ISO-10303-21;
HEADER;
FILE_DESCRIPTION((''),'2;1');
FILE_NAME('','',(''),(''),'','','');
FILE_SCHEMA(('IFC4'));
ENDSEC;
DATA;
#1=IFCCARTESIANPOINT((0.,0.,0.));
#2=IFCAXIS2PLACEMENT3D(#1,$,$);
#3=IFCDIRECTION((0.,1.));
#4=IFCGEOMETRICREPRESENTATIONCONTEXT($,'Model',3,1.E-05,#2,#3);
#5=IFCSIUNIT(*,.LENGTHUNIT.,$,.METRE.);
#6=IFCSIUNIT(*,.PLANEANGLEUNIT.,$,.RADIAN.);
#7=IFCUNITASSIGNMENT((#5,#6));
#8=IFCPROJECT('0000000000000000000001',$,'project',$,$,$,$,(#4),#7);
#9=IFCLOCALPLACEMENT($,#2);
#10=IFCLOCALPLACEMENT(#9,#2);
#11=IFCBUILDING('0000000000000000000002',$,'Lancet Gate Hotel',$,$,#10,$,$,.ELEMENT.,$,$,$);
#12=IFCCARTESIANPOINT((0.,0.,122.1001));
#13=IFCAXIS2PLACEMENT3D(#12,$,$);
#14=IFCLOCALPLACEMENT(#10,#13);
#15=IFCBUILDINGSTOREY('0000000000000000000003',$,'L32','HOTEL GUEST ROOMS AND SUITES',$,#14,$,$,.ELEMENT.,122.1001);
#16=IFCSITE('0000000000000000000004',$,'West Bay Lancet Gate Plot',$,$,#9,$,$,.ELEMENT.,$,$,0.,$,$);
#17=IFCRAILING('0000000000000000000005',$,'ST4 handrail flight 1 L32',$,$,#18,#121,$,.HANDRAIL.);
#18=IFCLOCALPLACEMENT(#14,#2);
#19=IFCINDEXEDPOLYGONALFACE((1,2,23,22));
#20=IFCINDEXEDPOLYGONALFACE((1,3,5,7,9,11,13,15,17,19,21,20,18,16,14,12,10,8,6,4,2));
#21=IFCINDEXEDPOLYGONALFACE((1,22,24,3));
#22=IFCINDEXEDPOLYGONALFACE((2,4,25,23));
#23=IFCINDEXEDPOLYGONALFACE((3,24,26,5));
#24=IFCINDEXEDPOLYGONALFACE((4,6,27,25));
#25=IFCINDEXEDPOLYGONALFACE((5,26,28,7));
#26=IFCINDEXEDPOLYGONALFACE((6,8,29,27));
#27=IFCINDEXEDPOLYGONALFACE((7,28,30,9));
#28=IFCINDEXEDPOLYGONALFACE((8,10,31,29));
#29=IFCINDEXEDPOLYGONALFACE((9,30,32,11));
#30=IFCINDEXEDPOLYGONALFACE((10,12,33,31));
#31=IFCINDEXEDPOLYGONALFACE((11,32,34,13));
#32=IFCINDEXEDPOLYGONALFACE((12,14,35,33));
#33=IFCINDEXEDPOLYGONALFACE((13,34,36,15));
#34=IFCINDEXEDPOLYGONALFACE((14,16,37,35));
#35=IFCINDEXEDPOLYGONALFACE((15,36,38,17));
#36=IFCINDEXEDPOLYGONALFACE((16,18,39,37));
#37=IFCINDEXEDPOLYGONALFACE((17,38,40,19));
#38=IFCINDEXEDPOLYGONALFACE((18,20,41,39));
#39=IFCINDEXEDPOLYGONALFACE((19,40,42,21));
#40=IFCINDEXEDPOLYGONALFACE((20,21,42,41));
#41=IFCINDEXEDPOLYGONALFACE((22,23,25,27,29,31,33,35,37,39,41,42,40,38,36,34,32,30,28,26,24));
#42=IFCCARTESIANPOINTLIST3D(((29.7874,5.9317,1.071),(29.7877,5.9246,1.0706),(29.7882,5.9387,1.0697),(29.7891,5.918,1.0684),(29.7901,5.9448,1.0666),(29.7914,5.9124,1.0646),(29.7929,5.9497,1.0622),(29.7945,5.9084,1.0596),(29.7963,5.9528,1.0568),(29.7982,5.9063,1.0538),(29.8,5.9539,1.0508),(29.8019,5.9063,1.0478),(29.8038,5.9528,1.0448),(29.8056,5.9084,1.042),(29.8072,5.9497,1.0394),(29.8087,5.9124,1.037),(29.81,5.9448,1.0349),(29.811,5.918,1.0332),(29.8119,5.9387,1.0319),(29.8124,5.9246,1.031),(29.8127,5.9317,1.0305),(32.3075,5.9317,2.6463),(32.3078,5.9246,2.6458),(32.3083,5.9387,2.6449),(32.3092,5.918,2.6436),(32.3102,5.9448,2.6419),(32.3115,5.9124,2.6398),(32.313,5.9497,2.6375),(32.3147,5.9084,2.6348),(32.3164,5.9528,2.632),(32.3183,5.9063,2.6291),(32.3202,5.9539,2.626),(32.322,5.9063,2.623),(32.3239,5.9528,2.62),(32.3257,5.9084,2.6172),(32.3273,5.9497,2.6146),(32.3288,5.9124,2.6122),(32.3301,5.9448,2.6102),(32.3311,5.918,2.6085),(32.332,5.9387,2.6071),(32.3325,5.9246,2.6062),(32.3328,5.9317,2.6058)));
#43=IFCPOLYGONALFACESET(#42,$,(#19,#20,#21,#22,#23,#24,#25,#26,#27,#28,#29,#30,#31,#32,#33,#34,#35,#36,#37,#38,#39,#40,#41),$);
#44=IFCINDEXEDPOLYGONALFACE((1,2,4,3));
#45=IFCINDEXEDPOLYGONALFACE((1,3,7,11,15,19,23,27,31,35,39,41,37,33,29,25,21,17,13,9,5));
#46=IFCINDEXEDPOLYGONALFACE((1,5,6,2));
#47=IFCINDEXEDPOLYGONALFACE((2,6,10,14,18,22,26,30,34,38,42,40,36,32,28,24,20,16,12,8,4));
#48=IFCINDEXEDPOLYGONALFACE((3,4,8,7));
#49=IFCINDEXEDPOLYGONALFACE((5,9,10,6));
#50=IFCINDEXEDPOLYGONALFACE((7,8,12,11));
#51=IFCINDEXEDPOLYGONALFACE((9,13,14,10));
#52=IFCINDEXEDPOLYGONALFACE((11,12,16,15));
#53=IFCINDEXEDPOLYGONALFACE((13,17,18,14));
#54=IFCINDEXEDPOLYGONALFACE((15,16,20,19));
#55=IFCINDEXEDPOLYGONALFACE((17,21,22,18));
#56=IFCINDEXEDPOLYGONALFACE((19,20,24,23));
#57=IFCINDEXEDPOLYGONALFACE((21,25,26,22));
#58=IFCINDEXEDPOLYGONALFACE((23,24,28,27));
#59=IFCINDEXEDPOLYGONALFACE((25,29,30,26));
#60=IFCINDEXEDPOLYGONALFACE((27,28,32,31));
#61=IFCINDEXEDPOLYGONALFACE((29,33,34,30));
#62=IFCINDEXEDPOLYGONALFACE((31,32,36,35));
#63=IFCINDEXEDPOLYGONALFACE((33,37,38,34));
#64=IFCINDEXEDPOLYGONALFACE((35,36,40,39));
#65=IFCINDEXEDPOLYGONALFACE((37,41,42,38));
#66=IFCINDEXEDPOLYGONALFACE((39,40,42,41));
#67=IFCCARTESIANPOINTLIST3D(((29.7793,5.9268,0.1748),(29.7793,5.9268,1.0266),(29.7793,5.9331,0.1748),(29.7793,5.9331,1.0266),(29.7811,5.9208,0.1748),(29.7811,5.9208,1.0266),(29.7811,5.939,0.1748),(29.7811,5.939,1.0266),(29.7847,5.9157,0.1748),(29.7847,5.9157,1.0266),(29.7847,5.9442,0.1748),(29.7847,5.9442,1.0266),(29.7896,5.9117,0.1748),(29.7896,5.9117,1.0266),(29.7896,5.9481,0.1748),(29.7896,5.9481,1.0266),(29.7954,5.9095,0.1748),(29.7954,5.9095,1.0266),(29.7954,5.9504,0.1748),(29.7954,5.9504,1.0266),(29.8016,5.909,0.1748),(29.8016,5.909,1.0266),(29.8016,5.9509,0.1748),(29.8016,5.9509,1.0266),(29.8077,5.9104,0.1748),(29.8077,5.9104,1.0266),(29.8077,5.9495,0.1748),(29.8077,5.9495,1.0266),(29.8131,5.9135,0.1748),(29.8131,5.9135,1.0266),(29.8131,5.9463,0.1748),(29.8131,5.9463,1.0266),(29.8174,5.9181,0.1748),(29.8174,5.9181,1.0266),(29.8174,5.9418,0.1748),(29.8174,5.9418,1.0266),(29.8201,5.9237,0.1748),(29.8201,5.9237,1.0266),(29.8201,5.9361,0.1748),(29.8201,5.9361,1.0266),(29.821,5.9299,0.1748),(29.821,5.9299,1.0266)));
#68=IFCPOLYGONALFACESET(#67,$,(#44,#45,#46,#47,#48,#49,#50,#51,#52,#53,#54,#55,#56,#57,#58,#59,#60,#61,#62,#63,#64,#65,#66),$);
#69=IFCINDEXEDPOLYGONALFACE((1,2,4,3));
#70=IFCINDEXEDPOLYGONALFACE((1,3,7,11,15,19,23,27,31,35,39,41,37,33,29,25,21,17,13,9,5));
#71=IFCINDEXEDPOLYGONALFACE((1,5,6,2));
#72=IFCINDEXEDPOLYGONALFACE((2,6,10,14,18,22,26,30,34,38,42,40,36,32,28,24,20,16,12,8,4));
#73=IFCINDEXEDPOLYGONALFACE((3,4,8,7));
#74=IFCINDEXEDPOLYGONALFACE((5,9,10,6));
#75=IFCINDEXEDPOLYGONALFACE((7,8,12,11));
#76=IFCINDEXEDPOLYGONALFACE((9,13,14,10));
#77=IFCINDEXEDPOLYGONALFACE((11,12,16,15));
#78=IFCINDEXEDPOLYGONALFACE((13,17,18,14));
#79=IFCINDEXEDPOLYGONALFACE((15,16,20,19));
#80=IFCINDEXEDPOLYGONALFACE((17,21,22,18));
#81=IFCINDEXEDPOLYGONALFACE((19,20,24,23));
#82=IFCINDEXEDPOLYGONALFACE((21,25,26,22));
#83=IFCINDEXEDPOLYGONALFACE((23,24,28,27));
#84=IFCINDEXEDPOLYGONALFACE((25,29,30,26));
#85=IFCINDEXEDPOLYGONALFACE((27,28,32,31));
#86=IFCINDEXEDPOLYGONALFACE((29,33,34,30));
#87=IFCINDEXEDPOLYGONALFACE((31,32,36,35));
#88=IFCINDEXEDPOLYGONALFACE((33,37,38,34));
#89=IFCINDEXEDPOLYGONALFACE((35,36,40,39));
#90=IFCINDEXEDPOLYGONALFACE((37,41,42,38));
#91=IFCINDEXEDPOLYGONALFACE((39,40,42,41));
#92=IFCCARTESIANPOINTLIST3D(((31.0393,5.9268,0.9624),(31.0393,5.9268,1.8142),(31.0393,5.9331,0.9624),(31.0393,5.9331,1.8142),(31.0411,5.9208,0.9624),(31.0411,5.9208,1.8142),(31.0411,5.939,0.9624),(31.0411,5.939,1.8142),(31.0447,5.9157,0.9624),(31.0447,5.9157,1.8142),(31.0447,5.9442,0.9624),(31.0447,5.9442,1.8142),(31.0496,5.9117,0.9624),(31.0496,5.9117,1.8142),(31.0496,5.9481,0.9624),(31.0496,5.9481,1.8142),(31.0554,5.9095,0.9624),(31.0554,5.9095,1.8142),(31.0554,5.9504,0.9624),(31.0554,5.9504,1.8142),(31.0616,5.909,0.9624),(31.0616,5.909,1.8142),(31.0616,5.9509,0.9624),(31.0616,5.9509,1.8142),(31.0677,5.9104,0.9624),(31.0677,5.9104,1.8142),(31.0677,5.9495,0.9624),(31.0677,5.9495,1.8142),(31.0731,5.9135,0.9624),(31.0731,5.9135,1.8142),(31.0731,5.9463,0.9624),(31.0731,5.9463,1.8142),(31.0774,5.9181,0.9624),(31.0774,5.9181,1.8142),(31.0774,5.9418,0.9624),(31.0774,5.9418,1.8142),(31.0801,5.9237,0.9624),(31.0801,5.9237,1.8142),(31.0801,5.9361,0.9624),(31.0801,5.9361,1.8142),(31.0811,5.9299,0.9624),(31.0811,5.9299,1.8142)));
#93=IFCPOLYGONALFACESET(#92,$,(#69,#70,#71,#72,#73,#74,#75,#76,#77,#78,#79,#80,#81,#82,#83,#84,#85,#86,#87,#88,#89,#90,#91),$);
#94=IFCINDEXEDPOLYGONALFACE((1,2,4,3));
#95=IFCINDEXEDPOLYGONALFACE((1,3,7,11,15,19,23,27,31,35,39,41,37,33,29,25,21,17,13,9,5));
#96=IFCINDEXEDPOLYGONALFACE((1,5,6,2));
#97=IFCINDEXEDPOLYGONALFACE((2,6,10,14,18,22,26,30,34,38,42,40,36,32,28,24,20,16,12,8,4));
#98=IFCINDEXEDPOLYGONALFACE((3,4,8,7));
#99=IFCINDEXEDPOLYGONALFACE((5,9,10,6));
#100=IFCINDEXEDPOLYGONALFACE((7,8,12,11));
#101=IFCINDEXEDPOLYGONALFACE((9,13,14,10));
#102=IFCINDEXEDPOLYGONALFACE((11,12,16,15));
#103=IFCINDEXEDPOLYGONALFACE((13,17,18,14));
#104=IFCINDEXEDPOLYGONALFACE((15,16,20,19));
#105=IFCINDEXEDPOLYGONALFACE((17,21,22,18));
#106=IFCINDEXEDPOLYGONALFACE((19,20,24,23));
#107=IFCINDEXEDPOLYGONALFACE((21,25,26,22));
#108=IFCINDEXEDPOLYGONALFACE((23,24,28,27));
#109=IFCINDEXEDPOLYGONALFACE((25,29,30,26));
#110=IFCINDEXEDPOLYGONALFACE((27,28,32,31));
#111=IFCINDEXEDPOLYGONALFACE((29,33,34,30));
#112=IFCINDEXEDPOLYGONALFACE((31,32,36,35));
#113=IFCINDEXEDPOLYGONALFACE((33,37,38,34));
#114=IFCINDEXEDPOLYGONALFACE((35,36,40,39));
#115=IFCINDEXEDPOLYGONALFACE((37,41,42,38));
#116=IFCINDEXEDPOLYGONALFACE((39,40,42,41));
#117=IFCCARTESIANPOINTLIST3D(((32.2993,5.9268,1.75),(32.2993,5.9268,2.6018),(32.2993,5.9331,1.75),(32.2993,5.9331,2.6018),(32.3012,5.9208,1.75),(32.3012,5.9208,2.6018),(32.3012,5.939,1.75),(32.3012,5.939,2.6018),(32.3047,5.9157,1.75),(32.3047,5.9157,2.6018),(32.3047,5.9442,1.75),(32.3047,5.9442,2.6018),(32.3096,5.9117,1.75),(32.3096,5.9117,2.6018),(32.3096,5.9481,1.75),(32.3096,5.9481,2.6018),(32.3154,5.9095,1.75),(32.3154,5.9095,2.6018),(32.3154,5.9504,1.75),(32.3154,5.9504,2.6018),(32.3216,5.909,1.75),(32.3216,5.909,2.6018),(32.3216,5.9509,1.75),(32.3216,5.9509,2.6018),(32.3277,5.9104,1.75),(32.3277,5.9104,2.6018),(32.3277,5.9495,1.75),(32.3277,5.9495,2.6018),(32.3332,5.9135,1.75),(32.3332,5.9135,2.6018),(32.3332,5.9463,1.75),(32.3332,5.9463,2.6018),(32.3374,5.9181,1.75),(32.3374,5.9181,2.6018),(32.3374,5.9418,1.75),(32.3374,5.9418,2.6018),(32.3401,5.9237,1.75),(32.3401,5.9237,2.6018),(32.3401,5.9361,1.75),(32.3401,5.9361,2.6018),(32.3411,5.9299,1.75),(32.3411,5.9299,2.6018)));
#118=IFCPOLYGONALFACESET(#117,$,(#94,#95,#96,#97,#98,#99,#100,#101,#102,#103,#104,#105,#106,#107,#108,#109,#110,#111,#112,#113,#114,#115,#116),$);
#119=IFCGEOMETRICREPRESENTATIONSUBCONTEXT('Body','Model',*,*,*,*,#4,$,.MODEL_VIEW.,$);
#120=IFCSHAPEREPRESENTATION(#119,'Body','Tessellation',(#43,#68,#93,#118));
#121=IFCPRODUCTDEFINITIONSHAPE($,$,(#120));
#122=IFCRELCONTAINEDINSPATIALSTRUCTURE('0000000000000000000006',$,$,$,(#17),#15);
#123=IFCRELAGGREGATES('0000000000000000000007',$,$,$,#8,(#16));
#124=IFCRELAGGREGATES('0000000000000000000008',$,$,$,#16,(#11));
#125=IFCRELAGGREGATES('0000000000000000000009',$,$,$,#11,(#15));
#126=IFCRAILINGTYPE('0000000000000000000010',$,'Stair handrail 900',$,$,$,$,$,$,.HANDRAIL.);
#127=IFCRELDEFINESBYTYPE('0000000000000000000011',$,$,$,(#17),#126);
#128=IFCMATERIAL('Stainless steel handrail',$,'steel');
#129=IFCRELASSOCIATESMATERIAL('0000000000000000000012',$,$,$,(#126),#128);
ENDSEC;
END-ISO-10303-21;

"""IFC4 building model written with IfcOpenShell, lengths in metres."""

from ifc_helpers import new_model, si_unit, direction, frame, origin, origin_2d, place, context, subcontext, project, spatial, circle, extrude, material, type_object, element, save


model = new_model("IFC4")

# Units and contexts
model_context = context("Model", 3, precision=1e-05, world=origin(), true_north=direction((0.0, 1.0)))
body_context = subcontext(model_context, "Body", "Model", "MODEL_VIEW")
ifc_project = project(units=[si_unit("LENGTHUNIT", "METRE"), si_unit("PLANEANGLEUNIT", "RADIAN")], contexts=[model_context])

# Site, building, storey
site_placement = place(None, origin())
site = spatial("IfcSite", under=ifc_project, at=site_placement, Name="West Bay Lancet Gate Plot", CompositionType="ELEMENT", RefElevation=0.0)
building_placement = place(site_placement, origin())
building = spatial("IfcBuilding", under=site, at=building_placement, Name="Lancet Gate Hotel", CompositionType="ELEMENT")
storey_placement = place(building_placement, frame((0.0, 0.0, 122.1001)))
storey = spatial("IfcBuildingStorey", under=building, at=storey_placement, Name="L32", Description="HOTEL GUEST ROOMS AND SUITES", CompositionType="ELEMENT", Elevation=122.1001)

# Railing
ifc_material_1 = material(Name="Stainless steel handrail", Category="steel")
railing_type = type_object("IfcRailingType", Name="Stair handrail 900", PredefinedType="HANDRAIL", material=ifc_material_1)
railing_1_placement = place(storey_placement, frame((29.8, 5.9299, 0.1748)))
element("IfcRailing", 1, at=railing_1_placement, inside=storey, type_object=railing_type, Name="ST4 handrail flight 1 L32", PredefinedType="HANDRAIL", context=body_context, shape_type="SweptSolid", body=[
    extrude(circle(Radius=0.0239, at=origin_2d()), frame((0.0, 0.0, 0.876), z_axis=(0.847971, 0.0, 0.530043), x_axis=(0.0, 1.0, 0.0)), (0.0, 0.0, 1.0), 2.9719),
    extrude(circle(Radius=0.021, at=origin_2d()), origin(), (0.0, 0.0, 1.0), 0.8518),
    extrude(circle(Radius=0.021, at=origin_2d()), frame((1.26, 0.0, 0.7876)), (0.0, 0.0, 1.0), 0.8518),
    extrude(circle(Radius=0.021, at=origin_2d()), frame((2.52, 0.0, 1.5752)), (0.0, 0.0, 1.0), 0.8518),
])

save(model, "model.ifc")
